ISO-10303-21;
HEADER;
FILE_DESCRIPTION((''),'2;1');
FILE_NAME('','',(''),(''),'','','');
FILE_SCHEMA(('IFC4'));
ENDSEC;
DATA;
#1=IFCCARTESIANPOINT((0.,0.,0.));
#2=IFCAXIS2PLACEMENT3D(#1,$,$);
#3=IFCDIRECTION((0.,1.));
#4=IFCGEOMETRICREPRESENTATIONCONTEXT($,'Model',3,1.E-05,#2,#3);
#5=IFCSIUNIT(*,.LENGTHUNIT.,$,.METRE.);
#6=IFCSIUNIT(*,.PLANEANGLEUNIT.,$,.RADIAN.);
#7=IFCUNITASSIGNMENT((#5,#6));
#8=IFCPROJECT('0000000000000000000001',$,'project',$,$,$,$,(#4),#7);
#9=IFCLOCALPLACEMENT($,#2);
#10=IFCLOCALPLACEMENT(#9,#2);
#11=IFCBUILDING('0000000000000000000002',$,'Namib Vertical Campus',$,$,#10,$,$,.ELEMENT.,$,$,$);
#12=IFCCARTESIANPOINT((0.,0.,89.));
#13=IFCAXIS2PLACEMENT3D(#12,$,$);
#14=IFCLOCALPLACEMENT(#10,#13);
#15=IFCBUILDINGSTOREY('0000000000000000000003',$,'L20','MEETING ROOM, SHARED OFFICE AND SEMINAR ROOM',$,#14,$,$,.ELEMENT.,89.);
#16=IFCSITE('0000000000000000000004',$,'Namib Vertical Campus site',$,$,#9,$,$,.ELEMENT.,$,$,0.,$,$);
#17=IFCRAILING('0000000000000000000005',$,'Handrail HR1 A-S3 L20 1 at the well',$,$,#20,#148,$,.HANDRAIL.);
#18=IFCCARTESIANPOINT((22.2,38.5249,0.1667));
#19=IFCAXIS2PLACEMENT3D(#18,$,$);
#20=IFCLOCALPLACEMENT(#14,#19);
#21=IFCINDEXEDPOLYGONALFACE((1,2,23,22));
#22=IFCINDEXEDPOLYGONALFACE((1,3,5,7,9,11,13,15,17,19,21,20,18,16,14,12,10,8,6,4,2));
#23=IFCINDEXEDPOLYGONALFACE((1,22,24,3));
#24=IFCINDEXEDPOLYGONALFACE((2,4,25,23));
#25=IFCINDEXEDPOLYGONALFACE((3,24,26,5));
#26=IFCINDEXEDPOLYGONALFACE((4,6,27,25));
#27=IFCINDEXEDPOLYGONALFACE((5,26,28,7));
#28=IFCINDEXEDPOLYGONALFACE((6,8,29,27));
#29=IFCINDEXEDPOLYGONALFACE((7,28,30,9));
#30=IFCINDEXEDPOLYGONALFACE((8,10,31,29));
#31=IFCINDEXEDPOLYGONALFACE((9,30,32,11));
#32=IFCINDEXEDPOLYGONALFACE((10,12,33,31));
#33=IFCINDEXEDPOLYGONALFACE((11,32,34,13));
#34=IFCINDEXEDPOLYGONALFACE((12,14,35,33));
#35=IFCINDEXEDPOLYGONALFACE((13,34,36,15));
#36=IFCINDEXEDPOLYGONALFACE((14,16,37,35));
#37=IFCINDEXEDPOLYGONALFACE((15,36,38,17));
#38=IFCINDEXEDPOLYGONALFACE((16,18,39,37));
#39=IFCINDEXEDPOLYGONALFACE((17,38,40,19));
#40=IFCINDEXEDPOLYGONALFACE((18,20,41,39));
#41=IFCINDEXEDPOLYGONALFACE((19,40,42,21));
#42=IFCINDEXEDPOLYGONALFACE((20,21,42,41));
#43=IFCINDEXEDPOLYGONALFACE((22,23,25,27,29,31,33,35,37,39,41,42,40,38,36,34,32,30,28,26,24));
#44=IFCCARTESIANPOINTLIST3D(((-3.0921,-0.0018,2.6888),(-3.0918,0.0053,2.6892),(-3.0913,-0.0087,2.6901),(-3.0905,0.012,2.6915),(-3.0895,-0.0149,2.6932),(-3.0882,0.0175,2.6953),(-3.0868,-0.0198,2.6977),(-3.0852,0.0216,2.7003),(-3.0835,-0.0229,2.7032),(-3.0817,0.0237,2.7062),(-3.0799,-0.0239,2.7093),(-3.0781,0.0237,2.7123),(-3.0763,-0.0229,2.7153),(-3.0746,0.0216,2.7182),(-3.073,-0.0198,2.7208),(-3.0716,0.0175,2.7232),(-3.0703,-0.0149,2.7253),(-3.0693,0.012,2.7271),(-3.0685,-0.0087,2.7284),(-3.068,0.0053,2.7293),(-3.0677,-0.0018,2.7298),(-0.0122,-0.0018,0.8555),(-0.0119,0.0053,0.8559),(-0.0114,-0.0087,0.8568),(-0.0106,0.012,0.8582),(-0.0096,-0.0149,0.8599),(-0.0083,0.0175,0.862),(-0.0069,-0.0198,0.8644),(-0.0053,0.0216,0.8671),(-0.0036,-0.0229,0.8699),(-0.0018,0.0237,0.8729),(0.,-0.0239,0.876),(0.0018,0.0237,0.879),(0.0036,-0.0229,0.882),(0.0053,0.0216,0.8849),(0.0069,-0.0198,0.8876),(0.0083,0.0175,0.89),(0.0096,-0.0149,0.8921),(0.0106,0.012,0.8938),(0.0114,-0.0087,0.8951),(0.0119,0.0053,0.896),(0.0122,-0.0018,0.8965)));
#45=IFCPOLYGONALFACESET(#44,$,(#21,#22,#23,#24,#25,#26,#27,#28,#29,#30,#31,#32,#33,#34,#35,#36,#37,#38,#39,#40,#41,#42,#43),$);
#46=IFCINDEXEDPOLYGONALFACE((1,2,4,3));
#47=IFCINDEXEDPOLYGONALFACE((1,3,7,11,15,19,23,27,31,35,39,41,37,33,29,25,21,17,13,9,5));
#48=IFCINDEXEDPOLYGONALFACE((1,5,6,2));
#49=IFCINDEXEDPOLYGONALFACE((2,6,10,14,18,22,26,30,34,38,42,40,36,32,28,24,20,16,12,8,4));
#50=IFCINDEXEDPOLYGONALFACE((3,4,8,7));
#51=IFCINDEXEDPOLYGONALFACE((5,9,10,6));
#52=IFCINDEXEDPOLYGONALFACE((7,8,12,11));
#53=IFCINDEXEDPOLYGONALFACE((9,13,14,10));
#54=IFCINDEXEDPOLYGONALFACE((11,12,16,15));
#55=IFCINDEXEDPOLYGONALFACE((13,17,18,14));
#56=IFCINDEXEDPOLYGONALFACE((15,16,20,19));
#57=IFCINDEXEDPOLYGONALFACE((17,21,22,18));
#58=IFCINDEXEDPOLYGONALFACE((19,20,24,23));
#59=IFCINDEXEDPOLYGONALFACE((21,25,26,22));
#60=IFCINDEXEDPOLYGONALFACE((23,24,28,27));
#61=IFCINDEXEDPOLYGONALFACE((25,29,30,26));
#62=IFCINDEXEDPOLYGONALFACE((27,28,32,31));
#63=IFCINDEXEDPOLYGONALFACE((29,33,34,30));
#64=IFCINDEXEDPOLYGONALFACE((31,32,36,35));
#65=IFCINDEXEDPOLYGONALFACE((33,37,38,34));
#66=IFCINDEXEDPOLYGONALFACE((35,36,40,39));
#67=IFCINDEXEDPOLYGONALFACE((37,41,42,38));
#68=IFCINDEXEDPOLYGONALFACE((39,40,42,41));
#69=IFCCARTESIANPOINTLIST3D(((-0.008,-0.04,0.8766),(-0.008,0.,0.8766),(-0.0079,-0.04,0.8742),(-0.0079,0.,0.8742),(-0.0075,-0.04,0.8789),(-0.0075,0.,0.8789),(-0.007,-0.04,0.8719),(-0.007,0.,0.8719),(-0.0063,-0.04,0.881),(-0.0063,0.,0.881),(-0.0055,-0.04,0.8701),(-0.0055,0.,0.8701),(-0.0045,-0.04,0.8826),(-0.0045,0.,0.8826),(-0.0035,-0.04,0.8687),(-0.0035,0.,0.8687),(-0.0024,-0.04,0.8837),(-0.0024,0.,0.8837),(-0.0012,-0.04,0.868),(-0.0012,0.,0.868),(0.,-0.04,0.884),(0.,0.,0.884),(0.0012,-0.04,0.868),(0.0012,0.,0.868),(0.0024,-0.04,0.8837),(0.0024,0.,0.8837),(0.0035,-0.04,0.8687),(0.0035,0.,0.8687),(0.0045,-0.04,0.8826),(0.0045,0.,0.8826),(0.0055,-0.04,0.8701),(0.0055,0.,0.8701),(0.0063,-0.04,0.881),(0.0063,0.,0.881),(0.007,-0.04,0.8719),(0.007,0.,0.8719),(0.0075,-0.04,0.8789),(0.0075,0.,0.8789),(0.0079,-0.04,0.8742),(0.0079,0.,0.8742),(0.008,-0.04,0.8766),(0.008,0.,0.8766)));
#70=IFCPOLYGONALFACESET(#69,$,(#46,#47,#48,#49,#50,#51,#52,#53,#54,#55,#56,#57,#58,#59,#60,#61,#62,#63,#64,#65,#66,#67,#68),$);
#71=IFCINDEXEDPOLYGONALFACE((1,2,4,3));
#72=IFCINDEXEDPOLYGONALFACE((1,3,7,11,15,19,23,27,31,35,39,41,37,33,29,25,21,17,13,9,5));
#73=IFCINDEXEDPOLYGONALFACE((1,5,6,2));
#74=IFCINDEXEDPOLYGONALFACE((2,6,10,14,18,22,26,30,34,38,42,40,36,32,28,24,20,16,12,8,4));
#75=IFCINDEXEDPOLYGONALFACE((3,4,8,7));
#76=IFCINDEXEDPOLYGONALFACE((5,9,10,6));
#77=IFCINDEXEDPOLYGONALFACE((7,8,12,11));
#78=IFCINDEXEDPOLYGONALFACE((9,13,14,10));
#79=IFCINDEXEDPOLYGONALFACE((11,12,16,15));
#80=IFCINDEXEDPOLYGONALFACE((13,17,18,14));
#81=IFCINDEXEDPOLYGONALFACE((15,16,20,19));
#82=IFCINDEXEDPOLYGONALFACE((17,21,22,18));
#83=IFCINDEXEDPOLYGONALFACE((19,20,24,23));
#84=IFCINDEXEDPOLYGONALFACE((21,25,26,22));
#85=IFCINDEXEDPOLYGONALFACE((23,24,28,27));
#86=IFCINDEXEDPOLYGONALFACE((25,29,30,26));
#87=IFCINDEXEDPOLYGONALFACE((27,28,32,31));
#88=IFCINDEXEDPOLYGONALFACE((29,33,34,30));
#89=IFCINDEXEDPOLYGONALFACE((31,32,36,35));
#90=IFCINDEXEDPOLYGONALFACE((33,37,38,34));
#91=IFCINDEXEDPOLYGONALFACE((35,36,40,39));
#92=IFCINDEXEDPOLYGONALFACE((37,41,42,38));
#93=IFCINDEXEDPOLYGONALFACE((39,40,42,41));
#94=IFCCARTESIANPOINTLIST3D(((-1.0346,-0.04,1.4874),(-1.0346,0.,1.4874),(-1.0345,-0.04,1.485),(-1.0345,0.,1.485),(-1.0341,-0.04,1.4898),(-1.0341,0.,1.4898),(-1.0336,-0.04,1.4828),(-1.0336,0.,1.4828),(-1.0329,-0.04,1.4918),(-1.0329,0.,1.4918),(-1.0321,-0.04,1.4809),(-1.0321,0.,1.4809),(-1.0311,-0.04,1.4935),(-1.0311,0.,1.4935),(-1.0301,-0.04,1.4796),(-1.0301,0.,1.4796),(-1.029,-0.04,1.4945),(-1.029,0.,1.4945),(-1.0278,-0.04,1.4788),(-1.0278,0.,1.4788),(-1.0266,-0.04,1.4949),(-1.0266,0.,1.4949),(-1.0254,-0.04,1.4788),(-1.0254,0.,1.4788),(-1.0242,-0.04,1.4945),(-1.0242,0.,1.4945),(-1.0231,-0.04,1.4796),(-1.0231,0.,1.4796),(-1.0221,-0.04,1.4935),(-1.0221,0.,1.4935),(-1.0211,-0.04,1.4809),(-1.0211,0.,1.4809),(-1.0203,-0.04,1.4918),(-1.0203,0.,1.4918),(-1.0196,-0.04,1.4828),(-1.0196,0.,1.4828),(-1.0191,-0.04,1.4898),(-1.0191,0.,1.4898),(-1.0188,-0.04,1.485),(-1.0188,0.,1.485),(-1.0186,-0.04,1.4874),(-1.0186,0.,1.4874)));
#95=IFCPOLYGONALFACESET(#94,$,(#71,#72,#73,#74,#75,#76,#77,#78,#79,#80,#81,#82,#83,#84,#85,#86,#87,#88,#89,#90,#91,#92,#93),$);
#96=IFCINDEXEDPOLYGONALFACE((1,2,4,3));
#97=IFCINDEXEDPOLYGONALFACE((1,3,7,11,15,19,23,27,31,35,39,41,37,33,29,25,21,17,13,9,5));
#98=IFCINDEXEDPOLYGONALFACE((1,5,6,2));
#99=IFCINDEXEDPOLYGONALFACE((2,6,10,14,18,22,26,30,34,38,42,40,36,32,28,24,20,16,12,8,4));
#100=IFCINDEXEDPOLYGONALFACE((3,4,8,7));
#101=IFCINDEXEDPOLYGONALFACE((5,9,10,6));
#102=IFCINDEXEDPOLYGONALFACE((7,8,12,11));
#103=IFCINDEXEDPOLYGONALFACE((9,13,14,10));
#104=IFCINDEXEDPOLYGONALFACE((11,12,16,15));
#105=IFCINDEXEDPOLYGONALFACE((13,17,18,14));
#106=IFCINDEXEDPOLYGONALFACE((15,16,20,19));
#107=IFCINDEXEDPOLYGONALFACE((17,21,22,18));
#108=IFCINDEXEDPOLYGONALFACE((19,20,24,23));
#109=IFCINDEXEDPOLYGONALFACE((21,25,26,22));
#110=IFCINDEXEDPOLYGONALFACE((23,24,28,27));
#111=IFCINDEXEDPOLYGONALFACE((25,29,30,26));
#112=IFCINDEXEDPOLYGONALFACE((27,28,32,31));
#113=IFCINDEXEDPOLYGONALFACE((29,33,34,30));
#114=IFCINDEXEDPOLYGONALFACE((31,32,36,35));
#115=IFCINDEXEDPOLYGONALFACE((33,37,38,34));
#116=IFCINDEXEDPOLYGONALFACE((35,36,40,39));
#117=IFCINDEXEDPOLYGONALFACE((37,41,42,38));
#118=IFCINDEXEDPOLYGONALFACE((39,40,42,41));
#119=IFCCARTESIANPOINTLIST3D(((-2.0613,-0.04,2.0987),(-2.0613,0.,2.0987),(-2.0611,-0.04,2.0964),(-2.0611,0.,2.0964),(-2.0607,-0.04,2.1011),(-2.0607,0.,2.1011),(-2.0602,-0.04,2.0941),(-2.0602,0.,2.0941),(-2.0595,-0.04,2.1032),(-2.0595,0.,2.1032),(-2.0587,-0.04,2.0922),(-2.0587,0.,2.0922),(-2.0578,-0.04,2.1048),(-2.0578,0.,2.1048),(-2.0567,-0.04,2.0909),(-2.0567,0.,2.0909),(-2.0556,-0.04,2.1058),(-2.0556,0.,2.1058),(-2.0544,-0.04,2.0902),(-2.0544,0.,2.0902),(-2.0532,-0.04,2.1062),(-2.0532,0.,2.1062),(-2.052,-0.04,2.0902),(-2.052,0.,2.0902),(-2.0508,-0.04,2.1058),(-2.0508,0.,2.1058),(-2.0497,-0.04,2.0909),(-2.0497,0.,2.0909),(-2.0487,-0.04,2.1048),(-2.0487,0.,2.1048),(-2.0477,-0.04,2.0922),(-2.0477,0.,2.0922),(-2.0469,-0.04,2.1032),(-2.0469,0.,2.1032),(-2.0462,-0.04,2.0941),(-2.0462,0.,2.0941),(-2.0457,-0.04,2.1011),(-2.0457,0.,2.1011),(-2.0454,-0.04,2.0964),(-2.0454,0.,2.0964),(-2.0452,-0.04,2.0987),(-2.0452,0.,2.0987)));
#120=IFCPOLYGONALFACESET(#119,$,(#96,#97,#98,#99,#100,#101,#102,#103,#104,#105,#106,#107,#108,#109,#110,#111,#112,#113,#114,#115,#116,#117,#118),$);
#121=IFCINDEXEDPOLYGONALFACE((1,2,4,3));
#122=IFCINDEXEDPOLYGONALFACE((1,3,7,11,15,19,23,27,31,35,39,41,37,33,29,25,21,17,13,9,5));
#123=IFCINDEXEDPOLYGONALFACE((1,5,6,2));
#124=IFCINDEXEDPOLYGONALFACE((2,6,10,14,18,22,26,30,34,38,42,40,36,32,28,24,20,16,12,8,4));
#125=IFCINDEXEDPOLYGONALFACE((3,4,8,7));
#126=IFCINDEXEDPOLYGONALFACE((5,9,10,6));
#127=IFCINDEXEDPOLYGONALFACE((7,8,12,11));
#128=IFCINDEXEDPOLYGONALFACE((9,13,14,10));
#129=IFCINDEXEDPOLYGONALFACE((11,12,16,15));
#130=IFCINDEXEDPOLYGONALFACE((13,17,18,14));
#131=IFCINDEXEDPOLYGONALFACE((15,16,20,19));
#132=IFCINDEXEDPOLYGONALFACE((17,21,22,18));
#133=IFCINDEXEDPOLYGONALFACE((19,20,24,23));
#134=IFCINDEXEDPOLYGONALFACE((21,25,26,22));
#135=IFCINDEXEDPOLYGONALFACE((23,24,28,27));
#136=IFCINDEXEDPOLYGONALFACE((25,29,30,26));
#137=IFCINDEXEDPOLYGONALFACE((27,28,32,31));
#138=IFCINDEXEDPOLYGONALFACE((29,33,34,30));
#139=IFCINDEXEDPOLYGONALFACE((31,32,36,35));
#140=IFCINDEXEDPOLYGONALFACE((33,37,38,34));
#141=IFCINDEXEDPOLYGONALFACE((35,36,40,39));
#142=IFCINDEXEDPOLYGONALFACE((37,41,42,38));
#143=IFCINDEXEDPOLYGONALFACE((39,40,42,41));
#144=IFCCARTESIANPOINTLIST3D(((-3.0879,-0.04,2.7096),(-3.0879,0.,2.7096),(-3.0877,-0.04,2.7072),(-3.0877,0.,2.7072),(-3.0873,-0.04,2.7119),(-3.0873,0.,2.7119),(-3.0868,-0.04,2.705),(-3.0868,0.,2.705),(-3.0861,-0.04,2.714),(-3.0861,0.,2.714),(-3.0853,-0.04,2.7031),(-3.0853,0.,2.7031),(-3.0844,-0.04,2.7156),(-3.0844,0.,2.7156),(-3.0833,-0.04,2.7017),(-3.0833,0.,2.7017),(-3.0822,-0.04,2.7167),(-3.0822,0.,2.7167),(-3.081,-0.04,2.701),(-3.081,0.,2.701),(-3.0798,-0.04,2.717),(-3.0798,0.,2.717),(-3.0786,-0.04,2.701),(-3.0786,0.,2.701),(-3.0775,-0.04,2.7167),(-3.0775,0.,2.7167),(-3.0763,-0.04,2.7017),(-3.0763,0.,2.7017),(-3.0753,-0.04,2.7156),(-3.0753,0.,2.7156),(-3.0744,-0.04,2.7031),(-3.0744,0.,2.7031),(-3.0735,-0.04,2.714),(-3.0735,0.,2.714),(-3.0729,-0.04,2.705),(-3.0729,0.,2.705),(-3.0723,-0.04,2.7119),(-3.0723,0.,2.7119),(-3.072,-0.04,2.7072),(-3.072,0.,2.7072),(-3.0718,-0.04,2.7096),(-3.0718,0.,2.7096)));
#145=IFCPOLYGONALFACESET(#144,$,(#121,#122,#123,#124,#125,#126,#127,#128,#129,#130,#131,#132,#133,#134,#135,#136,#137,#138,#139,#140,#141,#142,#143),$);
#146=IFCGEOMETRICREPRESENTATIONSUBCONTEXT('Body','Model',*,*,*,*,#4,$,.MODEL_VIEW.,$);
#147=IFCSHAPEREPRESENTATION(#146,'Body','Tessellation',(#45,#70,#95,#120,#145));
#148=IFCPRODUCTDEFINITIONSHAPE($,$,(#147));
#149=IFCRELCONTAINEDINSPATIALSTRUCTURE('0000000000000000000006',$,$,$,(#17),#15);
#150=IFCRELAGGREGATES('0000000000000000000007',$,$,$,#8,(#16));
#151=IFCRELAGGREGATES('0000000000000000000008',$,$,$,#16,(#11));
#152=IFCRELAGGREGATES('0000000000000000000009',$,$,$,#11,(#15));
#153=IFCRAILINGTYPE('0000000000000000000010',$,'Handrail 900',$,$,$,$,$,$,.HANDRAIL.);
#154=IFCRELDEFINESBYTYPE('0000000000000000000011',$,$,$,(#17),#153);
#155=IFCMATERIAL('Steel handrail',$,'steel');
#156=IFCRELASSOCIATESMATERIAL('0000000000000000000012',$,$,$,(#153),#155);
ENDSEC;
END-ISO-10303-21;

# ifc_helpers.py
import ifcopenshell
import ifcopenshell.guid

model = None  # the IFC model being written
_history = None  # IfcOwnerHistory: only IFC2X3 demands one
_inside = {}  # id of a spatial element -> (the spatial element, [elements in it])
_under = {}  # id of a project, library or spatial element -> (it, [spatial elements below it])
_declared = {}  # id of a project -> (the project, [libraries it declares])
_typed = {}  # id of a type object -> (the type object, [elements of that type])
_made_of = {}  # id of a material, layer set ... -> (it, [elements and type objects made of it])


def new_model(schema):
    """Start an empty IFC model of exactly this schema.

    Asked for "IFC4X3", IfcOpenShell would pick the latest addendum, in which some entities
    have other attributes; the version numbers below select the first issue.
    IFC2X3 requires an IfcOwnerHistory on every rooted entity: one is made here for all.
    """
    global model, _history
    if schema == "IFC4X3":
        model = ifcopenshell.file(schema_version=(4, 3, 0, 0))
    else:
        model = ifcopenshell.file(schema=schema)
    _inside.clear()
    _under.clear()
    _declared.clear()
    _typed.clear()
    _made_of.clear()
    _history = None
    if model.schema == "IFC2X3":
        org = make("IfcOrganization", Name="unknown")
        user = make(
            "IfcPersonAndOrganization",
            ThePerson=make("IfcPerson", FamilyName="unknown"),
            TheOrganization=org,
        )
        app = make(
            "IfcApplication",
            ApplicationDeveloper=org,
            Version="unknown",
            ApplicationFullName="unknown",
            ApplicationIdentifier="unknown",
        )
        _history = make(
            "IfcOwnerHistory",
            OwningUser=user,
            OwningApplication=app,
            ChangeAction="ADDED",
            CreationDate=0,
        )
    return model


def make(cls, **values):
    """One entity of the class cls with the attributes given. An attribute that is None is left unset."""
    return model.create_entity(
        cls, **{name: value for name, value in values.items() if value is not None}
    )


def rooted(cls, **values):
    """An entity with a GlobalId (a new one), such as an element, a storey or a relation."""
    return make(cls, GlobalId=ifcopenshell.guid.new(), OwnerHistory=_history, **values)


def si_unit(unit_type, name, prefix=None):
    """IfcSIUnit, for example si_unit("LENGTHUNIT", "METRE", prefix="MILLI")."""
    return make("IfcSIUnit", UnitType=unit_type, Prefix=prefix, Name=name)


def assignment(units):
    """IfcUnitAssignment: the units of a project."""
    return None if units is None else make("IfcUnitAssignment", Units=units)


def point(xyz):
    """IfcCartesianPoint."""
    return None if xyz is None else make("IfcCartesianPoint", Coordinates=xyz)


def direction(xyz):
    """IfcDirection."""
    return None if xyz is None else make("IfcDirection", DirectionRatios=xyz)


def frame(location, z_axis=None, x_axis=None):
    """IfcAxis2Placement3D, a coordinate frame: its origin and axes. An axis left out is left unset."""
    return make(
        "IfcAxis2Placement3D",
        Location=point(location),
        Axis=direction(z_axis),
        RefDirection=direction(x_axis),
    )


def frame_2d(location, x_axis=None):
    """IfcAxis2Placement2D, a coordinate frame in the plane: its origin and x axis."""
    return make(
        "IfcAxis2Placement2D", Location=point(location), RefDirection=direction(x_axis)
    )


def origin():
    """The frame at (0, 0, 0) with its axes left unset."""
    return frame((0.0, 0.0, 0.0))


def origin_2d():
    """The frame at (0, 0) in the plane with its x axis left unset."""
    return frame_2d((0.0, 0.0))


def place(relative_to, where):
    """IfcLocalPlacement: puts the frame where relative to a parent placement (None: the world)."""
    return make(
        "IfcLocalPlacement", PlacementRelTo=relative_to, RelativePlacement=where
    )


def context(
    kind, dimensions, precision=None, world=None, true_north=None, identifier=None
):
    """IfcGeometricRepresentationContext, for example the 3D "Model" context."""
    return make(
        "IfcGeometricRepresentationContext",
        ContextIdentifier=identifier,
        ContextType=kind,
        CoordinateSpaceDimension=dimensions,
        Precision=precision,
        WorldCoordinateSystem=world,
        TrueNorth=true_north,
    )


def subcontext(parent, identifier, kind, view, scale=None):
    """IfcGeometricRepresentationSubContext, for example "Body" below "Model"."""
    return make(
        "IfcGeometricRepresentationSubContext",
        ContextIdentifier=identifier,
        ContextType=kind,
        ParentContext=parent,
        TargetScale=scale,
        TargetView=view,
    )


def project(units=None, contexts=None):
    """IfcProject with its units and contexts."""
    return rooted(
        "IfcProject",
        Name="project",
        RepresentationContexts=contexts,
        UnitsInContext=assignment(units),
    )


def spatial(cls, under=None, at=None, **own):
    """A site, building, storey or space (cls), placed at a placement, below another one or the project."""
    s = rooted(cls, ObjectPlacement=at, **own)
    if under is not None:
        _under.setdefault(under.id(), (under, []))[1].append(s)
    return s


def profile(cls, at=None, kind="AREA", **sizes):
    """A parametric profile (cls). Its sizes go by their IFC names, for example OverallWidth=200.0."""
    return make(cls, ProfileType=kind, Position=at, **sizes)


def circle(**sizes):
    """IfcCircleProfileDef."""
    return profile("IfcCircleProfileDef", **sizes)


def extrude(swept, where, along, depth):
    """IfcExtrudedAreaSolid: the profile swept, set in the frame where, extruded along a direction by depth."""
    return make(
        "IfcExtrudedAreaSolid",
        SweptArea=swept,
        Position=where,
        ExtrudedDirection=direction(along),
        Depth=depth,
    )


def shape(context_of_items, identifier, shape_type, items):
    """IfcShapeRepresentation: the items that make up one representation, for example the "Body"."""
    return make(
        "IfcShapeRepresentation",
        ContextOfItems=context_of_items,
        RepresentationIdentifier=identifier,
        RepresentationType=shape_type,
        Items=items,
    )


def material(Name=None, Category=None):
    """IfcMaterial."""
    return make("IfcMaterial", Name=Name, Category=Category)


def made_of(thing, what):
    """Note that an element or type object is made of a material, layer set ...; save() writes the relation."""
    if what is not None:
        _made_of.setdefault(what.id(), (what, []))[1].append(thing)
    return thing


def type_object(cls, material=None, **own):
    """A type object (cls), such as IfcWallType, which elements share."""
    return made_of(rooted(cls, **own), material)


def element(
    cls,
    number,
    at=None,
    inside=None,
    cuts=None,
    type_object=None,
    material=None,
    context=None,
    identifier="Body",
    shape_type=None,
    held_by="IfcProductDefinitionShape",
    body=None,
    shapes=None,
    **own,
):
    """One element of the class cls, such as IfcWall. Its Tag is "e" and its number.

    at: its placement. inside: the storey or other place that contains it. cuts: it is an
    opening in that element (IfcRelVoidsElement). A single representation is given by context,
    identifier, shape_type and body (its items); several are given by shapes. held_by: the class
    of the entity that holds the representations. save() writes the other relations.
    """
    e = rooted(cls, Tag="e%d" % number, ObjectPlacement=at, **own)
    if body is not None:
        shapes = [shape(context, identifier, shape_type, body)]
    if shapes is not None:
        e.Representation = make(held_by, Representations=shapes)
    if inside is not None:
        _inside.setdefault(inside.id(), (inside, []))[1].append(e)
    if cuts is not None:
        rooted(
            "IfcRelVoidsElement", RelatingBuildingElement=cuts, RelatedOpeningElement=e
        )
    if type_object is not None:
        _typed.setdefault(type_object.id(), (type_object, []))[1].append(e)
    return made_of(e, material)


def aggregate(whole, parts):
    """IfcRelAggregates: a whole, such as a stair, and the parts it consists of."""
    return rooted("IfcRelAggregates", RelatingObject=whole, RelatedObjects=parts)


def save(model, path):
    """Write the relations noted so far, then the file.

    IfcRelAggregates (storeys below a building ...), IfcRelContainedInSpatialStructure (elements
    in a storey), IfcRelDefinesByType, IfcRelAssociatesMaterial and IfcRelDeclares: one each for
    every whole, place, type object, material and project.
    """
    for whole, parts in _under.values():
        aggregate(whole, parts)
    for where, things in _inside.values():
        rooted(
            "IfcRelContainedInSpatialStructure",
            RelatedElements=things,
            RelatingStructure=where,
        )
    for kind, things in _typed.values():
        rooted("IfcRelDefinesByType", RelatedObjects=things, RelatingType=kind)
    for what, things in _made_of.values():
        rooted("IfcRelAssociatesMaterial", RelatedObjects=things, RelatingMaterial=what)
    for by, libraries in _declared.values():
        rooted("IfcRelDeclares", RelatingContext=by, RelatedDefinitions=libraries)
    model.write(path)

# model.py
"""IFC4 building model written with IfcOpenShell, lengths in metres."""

from ifc_helpers import new_model, si_unit, direction, frame, origin, origin_2d, place, context, subcontext, project, spatial, circle, extrude, material, type_object, element, save


model = new_model("IFC4")

# Units and contexts
model_context = context("Model", 3, precision=1e-05, world=origin(), true_north=direction((0.0, 1.0)))
body_context = subcontext(model_context, "Body", "Model", "MODEL_VIEW")
ifc_project = project(units=[si_unit("LENGTHUNIT", "METRE"), si_unit("PLANEANGLEUNIT", "RADIAN")], contexts=[model_context])

# Site, building, storey
site_placement = place(None, origin())
site = spatial("IfcSite", under=ifc_project, at=site_placement, Name="Namib Vertical Campus site", CompositionType="ELEMENT", RefElevation=0.0)
building_placement = place(site_placement, origin())
building = spatial("IfcBuilding", under=site, at=building_placement, Name="Namib Vertical Campus", CompositionType="ELEMENT")
storey_placement = place(building_placement, frame((0.0, 0.0, 89.0)))
storey = spatial("IfcBuildingStorey", under=building, at=storey_placement, Name="L20", Description="MEETING ROOM, SHARED OFFICE AND SEMINAR ROOM", CompositionType="ELEMENT", Elevation=89.0)

# Railing
ifc_material_1 = material(Name="Steel handrail", Category="steel")
railing_type_1 = type_object("IfcRailingType", Name="Handrail 900", PredefinedType="HANDRAIL", material=ifc_material_1)
railing_1_placement = place(storey_placement, frame((22.2, 38.5249, 0.1667)))
element("IfcRailing", 1, at=railing_1_placement, inside=storey, type_object=railing_type_1, Name="Handrail HR1 A-S3 L20 1 at the well", PredefinedType="HANDRAIL", context=body_context, shape_type="SweptSolid", body=[
    extrude(circle(Radius=0.0239, at=origin_2d()), frame((0.0, 0.0, 0.876), z_axis=(-0.859291, 0.0, 0.511487), x_axis=(0.0, -1.0, 0.0)), (0.0, 0.0, 1.0), 3.5842),
    extrude(circle(Radius=0.0081, at=origin_2d()), frame((0.0, 0.0, 0.876), z_axis=(0.0, -1.0, 0.0), x_axis=(0.0, 0.0, 1.0)), (0.0, 0.0, 1.0), 0.04),
    extrude(circle(Radius=0.0081, at=origin_2d()), frame((-1.0266, 0.0, 1.4868), z_axis=(0.0, -1.0, 0.0), x_axis=(0.0, 0.0, 1.0)), (0.0, 0.0, 1.0), 0.04),
    extrude(circle(Radius=0.0081, at=origin_2d()), frame((-2.0532, 0.0, 2.0981), z_axis=(0.0, -1.0, 0.0), x_axis=(0.0, 0.0, 1.0)), (0.0, 0.0, 1.0), 0.04),
    extrude(circle(Radius=0.0081, at=origin_2d()), frame((-3.0798, 0.0, 2.709), z_axis=(0.0, -1.0, 0.0), x_axis=(0.0, 0.0, 1.0)), (0.0, 0.0, 1.0), 0.04),
])

save(model, "model.ifc")
